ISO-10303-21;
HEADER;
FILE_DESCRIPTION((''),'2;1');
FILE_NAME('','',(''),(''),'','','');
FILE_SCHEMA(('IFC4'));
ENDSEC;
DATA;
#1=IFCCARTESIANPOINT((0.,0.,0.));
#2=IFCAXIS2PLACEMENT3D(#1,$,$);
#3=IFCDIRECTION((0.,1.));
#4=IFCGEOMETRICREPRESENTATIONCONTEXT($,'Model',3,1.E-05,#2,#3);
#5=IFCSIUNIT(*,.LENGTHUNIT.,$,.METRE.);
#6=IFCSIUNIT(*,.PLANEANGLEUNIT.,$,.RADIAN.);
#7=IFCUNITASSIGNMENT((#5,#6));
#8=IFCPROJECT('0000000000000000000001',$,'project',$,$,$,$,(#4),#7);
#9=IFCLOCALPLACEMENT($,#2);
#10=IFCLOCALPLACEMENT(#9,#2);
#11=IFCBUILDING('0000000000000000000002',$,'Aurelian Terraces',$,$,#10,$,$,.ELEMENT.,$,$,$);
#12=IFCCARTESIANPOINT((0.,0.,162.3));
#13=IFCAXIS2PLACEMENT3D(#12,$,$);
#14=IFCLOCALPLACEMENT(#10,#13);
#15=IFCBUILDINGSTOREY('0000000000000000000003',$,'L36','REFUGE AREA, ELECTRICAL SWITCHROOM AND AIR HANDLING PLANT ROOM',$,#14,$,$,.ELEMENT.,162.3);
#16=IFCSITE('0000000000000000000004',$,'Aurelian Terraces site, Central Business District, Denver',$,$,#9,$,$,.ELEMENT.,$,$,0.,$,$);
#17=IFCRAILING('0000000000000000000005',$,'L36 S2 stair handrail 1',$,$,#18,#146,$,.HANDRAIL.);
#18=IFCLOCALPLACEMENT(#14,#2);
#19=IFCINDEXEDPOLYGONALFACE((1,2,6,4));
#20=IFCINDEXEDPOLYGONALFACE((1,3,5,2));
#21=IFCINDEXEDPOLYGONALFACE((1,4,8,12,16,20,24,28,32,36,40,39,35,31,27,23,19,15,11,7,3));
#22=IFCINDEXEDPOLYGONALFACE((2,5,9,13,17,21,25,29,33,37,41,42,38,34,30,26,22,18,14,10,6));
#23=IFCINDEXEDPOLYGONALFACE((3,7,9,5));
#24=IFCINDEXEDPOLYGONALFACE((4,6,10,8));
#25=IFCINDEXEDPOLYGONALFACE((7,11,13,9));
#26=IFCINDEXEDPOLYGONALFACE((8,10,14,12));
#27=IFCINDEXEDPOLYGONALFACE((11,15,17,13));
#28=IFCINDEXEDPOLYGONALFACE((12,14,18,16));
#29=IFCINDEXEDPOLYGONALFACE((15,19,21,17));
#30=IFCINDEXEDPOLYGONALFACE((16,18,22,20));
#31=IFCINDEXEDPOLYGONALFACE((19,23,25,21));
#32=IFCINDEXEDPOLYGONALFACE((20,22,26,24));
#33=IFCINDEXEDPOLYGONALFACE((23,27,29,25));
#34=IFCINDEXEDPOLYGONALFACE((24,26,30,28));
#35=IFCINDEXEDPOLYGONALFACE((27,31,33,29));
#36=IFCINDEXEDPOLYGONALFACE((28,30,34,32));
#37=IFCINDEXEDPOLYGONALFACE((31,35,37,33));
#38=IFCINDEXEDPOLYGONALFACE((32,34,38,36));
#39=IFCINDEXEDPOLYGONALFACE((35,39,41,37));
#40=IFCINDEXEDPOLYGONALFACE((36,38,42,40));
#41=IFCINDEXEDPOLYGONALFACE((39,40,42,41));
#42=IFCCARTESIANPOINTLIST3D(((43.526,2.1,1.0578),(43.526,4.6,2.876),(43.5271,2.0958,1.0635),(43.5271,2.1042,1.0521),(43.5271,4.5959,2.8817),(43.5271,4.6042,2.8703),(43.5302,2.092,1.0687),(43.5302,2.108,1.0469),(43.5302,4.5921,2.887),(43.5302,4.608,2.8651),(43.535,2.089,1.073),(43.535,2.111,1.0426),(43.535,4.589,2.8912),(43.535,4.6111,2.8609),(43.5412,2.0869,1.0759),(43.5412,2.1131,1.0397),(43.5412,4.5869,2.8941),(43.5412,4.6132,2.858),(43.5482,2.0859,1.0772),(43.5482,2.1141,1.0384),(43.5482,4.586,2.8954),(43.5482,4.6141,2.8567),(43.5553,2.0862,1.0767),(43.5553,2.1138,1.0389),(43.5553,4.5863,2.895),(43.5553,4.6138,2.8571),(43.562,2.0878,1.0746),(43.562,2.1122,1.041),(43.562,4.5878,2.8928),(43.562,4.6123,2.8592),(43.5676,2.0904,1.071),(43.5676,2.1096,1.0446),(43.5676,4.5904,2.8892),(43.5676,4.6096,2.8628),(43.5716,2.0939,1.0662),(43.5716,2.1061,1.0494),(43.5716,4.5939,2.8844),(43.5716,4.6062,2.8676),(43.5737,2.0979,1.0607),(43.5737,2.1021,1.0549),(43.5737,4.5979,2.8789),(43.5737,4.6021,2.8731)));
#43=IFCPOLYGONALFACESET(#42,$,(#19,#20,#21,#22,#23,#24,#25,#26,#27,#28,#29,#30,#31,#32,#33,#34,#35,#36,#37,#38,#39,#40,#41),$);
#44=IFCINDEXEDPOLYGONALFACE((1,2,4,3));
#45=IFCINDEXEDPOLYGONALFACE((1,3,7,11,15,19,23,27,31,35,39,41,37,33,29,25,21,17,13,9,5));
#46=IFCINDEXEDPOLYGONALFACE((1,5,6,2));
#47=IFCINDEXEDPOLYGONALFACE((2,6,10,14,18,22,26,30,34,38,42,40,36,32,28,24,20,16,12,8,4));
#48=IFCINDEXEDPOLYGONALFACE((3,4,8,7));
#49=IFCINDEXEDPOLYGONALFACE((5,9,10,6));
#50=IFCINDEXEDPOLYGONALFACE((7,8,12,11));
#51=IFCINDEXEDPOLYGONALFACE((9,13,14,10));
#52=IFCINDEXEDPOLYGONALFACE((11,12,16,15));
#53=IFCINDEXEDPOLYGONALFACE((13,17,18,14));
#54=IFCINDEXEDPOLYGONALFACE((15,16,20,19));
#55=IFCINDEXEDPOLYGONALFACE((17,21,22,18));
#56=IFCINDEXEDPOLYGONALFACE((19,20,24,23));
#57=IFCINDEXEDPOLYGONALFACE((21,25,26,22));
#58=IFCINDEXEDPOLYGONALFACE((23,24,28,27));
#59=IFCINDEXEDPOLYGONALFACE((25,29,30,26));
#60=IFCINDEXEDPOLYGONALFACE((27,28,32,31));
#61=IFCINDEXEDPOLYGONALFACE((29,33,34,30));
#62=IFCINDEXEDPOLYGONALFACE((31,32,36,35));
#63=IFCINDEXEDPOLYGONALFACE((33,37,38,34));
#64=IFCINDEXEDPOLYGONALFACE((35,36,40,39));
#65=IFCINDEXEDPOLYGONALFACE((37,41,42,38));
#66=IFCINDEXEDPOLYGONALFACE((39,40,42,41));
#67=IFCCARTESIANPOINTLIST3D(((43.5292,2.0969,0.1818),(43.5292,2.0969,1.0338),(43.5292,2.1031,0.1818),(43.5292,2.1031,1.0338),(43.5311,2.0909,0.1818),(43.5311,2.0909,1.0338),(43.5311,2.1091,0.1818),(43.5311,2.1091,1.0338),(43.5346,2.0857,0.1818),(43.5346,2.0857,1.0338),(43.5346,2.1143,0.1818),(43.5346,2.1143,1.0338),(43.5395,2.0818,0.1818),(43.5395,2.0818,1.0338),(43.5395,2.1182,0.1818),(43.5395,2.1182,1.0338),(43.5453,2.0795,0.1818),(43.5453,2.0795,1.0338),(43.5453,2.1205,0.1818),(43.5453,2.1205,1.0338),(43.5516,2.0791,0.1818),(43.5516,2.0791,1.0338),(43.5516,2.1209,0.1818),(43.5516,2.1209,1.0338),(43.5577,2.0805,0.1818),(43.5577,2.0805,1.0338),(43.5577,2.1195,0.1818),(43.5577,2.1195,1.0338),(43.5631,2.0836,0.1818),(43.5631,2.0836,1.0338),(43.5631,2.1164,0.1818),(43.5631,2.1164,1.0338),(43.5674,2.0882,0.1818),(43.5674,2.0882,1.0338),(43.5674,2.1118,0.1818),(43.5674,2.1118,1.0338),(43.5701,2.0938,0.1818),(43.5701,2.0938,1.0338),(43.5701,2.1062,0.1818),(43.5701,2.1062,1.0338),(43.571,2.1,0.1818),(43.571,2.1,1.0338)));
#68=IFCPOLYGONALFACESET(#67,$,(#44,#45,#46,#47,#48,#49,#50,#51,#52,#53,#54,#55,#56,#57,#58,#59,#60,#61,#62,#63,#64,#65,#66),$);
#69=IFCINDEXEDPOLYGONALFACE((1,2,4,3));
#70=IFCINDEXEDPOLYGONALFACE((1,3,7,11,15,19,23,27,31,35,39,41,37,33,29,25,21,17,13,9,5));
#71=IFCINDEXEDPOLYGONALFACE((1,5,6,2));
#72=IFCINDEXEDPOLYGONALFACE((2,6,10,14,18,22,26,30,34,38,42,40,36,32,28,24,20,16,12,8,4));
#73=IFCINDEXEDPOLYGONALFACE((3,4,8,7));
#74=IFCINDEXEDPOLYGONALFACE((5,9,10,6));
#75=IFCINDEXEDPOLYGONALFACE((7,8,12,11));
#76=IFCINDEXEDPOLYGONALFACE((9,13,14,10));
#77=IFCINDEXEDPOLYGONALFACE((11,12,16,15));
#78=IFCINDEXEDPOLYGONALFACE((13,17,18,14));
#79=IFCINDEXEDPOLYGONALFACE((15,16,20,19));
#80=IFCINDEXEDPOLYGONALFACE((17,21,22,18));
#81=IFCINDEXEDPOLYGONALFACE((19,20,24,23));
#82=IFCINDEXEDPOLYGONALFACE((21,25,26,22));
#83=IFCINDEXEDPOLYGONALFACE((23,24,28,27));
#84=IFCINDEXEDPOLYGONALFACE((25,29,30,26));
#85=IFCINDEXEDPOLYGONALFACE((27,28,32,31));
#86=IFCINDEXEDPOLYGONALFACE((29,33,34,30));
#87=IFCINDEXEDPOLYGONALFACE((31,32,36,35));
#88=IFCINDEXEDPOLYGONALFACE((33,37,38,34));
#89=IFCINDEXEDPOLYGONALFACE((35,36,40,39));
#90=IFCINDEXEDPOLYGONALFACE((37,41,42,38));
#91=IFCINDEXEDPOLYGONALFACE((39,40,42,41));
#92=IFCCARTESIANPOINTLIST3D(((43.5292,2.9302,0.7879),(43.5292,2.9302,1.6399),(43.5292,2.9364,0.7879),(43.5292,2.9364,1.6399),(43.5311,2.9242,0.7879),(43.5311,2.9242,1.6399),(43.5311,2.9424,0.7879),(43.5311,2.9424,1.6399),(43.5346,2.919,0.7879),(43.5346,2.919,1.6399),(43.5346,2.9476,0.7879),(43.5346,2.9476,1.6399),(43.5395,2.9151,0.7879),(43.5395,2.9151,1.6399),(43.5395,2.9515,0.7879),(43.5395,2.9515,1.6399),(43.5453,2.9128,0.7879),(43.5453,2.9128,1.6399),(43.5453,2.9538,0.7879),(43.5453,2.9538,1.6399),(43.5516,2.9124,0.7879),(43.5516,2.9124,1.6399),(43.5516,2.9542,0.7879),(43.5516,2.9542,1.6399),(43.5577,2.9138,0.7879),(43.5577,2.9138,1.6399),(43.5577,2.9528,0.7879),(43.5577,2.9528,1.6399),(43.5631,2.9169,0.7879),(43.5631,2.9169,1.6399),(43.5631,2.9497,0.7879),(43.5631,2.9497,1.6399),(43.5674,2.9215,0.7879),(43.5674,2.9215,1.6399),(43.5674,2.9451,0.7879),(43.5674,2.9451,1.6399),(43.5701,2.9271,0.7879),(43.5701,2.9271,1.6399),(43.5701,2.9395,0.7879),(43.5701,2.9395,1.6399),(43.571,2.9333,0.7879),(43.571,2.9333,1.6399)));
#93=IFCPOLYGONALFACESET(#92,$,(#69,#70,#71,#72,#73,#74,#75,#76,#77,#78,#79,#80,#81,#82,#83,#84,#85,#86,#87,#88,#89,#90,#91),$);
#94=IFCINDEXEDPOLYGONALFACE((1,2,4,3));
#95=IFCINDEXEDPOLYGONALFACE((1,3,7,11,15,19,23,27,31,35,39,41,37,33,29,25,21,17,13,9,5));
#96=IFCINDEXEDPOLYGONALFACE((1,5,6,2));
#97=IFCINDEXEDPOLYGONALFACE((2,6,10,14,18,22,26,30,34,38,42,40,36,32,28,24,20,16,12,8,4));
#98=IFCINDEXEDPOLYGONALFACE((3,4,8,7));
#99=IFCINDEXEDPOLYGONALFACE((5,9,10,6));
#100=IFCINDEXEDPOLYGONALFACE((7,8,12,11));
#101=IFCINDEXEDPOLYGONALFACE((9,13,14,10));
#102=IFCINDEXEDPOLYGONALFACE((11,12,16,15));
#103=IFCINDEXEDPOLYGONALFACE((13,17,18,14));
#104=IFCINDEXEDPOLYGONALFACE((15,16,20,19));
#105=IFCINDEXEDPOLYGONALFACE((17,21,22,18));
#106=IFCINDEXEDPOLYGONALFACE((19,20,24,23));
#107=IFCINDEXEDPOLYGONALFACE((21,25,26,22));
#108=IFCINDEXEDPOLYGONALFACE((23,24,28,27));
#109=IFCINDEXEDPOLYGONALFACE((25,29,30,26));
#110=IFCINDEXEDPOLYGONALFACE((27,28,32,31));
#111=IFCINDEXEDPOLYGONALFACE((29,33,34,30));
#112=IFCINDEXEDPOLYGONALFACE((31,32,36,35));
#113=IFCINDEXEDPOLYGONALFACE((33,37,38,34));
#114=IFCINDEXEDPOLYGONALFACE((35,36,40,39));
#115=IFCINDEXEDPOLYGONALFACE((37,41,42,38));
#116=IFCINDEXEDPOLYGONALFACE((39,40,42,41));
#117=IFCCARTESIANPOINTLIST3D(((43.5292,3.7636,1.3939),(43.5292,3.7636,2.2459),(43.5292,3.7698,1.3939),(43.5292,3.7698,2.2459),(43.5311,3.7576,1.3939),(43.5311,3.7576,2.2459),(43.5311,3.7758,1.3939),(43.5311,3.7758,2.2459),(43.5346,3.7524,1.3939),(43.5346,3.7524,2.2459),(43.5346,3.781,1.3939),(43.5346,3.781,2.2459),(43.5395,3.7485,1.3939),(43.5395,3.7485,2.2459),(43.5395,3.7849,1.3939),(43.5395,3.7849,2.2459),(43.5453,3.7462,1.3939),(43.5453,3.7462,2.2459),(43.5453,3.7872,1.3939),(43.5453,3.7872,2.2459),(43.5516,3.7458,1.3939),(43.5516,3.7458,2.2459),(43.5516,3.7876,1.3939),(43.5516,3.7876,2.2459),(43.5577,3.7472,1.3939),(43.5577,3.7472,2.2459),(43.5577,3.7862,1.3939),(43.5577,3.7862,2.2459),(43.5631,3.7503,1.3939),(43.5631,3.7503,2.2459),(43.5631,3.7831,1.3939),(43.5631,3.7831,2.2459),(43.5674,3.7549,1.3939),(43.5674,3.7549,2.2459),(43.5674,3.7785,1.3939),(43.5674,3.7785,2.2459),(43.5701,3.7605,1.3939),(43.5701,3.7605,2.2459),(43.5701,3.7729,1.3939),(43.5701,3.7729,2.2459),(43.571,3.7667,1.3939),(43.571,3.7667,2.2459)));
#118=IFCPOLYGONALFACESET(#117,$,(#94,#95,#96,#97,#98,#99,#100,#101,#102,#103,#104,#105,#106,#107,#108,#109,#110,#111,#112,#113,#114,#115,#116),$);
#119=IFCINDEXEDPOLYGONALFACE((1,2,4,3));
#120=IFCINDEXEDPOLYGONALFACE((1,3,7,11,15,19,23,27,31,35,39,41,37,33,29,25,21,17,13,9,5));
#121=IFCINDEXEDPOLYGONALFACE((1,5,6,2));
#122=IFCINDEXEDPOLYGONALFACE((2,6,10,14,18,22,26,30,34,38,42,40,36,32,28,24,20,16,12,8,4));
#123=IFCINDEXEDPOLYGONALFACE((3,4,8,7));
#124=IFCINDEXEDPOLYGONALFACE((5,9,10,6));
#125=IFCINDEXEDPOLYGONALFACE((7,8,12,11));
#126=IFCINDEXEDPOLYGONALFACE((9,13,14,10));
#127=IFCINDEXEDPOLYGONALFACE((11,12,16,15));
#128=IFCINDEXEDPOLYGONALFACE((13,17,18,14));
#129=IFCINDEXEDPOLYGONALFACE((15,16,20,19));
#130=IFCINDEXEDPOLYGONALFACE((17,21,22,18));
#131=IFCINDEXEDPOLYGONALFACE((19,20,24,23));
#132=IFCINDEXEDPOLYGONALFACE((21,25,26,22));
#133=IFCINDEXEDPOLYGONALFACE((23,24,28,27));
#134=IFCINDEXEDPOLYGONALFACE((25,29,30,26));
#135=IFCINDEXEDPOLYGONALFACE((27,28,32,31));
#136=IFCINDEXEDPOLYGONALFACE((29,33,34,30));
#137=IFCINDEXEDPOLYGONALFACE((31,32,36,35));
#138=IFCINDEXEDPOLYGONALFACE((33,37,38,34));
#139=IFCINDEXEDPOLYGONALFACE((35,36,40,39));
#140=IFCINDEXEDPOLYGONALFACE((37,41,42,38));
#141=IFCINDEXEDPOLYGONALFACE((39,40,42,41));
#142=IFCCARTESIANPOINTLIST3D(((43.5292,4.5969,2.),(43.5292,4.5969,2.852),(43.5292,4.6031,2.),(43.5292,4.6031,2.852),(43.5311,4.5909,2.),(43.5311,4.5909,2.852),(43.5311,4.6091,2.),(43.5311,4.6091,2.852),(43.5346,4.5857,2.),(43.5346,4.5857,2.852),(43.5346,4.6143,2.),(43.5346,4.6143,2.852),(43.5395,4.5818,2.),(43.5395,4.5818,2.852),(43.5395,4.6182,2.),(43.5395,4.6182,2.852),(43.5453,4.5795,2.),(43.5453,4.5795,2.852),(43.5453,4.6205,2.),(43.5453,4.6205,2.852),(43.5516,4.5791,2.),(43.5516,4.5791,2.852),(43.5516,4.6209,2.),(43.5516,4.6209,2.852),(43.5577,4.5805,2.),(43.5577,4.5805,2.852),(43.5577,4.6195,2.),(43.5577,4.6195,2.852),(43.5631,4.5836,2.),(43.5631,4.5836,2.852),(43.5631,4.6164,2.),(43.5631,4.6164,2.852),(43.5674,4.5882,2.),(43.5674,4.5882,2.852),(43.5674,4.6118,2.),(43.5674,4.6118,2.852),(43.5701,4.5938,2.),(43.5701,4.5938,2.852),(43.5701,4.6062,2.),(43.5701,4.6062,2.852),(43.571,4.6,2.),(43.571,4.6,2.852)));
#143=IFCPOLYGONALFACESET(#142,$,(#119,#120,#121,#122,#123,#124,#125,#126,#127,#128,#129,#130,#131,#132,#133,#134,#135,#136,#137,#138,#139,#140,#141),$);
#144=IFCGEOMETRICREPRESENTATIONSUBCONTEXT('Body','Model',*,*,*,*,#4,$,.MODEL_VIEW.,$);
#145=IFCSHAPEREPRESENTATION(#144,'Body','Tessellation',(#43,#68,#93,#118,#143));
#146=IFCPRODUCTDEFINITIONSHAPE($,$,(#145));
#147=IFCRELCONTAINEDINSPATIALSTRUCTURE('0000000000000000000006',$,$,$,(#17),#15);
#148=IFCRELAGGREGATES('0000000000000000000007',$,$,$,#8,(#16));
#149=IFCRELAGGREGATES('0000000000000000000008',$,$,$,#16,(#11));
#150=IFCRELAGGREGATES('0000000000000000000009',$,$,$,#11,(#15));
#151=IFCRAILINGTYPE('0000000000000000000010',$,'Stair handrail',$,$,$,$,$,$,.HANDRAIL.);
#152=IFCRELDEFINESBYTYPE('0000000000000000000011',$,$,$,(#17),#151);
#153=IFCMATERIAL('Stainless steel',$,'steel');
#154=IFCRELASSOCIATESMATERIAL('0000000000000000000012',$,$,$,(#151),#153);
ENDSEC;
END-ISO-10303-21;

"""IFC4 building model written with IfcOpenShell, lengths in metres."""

from ifc_helpers import new_model, si_unit, direction, frame, origin, origin_2d, place, context, subcontext, project, spatial, circle, extrude, source, transform, mapped, material, type_object, element, save


model = new_model("IFC4")

# Units and contexts
model_context = context("Model", 3, precision=1e-05, world=origin(), true_north=direction((0.0, 1.0)))
body_context = subcontext(model_context, "Body", "Model", "MODEL_VIEW")
ifc_project = project(units=[si_unit("LENGTHUNIT", "METRE"), si_unit("PLANEANGLEUNIT", "RADIAN")], contexts=[model_context])

# Site, building, storey
site_placement = place(None, origin())
site = spatial("IfcSite", under=ifc_project, at=site_placement, Name="Aurelian Terraces site, Central Business District, Denver", CompositionType="ELEMENT", RefElevation=0.0)
building_placement = place(site_placement, origin())
building = spatial("IfcBuilding", under=site, at=building_placement, Name="Aurelian Terraces", CompositionType="ELEMENT")
storey_placement = place(building_placement, frame((0.0, 0.0, 162.3)))
storey = spatial("IfcBuildingStorey", under=building, at=storey_placement, Name="L36", Description="REFUGE AREA, ELECTRICAL SWITCHROOM AND AIR HANDLING PLANT ROOM", CompositionType="ELEMENT", Elevation=162.3)

# Railing
ifc_material_1 = material(Name="Stainless steel", Category="steel")
railing_type_1 = type_object("IfcRailingType", Name="Stair handrail", PredefinedType="HANDRAIL", material=ifc_material_1)
shared_shape_1 = source(origin(), body_context, "Body", "SweptSolid", [
    extrude(circle(Radius=0.024, at=origin_2d()), frame((0.0, 0.0, 0.876), z_axis=(0.0, 0.808733, 0.588176), x_axis=(-1.0, 0.0, 0.0)), (0.0, 0.0, 1.0), 3.0913),
    extrude(circle(Radius=0.021, at=origin_2d()), origin(), (0.0, 0.0, 1.0), 0.852),
    extrude(circle(Radius=0.021, at=origin_2d()), frame((0.0, 0.8333, 0.6061)), (0.0, 0.0, 1.0), 0.852),
    extrude(circle(Radius=0.021, at=origin_2d()), frame((0.0, 1.6667, 1.2121)), (0.0, 0.0, 1.0), 0.852),
    extrude(circle(Radius=0.021, at=origin_2d()), frame((0.0, 2.5, 1.8182)), (0.0, 0.0, 1.0), 0.852),
])
railing_placement = place(storey_placement, frame((43.55, 2.1, 0.1818)))
element("IfcRailing", 1, at=railing_placement, inside=storey, type_object=railing_type_1, Name="L36 S2 stair handrail 1", PredefinedType="HANDRAIL", context=body_context, shape_type="MappedRepresentation", body=[
    mapped(shared_shape_1, transform((0.0, 0.0, 0.0), scale=1.0)),
])

save(model, "model.ifc")
